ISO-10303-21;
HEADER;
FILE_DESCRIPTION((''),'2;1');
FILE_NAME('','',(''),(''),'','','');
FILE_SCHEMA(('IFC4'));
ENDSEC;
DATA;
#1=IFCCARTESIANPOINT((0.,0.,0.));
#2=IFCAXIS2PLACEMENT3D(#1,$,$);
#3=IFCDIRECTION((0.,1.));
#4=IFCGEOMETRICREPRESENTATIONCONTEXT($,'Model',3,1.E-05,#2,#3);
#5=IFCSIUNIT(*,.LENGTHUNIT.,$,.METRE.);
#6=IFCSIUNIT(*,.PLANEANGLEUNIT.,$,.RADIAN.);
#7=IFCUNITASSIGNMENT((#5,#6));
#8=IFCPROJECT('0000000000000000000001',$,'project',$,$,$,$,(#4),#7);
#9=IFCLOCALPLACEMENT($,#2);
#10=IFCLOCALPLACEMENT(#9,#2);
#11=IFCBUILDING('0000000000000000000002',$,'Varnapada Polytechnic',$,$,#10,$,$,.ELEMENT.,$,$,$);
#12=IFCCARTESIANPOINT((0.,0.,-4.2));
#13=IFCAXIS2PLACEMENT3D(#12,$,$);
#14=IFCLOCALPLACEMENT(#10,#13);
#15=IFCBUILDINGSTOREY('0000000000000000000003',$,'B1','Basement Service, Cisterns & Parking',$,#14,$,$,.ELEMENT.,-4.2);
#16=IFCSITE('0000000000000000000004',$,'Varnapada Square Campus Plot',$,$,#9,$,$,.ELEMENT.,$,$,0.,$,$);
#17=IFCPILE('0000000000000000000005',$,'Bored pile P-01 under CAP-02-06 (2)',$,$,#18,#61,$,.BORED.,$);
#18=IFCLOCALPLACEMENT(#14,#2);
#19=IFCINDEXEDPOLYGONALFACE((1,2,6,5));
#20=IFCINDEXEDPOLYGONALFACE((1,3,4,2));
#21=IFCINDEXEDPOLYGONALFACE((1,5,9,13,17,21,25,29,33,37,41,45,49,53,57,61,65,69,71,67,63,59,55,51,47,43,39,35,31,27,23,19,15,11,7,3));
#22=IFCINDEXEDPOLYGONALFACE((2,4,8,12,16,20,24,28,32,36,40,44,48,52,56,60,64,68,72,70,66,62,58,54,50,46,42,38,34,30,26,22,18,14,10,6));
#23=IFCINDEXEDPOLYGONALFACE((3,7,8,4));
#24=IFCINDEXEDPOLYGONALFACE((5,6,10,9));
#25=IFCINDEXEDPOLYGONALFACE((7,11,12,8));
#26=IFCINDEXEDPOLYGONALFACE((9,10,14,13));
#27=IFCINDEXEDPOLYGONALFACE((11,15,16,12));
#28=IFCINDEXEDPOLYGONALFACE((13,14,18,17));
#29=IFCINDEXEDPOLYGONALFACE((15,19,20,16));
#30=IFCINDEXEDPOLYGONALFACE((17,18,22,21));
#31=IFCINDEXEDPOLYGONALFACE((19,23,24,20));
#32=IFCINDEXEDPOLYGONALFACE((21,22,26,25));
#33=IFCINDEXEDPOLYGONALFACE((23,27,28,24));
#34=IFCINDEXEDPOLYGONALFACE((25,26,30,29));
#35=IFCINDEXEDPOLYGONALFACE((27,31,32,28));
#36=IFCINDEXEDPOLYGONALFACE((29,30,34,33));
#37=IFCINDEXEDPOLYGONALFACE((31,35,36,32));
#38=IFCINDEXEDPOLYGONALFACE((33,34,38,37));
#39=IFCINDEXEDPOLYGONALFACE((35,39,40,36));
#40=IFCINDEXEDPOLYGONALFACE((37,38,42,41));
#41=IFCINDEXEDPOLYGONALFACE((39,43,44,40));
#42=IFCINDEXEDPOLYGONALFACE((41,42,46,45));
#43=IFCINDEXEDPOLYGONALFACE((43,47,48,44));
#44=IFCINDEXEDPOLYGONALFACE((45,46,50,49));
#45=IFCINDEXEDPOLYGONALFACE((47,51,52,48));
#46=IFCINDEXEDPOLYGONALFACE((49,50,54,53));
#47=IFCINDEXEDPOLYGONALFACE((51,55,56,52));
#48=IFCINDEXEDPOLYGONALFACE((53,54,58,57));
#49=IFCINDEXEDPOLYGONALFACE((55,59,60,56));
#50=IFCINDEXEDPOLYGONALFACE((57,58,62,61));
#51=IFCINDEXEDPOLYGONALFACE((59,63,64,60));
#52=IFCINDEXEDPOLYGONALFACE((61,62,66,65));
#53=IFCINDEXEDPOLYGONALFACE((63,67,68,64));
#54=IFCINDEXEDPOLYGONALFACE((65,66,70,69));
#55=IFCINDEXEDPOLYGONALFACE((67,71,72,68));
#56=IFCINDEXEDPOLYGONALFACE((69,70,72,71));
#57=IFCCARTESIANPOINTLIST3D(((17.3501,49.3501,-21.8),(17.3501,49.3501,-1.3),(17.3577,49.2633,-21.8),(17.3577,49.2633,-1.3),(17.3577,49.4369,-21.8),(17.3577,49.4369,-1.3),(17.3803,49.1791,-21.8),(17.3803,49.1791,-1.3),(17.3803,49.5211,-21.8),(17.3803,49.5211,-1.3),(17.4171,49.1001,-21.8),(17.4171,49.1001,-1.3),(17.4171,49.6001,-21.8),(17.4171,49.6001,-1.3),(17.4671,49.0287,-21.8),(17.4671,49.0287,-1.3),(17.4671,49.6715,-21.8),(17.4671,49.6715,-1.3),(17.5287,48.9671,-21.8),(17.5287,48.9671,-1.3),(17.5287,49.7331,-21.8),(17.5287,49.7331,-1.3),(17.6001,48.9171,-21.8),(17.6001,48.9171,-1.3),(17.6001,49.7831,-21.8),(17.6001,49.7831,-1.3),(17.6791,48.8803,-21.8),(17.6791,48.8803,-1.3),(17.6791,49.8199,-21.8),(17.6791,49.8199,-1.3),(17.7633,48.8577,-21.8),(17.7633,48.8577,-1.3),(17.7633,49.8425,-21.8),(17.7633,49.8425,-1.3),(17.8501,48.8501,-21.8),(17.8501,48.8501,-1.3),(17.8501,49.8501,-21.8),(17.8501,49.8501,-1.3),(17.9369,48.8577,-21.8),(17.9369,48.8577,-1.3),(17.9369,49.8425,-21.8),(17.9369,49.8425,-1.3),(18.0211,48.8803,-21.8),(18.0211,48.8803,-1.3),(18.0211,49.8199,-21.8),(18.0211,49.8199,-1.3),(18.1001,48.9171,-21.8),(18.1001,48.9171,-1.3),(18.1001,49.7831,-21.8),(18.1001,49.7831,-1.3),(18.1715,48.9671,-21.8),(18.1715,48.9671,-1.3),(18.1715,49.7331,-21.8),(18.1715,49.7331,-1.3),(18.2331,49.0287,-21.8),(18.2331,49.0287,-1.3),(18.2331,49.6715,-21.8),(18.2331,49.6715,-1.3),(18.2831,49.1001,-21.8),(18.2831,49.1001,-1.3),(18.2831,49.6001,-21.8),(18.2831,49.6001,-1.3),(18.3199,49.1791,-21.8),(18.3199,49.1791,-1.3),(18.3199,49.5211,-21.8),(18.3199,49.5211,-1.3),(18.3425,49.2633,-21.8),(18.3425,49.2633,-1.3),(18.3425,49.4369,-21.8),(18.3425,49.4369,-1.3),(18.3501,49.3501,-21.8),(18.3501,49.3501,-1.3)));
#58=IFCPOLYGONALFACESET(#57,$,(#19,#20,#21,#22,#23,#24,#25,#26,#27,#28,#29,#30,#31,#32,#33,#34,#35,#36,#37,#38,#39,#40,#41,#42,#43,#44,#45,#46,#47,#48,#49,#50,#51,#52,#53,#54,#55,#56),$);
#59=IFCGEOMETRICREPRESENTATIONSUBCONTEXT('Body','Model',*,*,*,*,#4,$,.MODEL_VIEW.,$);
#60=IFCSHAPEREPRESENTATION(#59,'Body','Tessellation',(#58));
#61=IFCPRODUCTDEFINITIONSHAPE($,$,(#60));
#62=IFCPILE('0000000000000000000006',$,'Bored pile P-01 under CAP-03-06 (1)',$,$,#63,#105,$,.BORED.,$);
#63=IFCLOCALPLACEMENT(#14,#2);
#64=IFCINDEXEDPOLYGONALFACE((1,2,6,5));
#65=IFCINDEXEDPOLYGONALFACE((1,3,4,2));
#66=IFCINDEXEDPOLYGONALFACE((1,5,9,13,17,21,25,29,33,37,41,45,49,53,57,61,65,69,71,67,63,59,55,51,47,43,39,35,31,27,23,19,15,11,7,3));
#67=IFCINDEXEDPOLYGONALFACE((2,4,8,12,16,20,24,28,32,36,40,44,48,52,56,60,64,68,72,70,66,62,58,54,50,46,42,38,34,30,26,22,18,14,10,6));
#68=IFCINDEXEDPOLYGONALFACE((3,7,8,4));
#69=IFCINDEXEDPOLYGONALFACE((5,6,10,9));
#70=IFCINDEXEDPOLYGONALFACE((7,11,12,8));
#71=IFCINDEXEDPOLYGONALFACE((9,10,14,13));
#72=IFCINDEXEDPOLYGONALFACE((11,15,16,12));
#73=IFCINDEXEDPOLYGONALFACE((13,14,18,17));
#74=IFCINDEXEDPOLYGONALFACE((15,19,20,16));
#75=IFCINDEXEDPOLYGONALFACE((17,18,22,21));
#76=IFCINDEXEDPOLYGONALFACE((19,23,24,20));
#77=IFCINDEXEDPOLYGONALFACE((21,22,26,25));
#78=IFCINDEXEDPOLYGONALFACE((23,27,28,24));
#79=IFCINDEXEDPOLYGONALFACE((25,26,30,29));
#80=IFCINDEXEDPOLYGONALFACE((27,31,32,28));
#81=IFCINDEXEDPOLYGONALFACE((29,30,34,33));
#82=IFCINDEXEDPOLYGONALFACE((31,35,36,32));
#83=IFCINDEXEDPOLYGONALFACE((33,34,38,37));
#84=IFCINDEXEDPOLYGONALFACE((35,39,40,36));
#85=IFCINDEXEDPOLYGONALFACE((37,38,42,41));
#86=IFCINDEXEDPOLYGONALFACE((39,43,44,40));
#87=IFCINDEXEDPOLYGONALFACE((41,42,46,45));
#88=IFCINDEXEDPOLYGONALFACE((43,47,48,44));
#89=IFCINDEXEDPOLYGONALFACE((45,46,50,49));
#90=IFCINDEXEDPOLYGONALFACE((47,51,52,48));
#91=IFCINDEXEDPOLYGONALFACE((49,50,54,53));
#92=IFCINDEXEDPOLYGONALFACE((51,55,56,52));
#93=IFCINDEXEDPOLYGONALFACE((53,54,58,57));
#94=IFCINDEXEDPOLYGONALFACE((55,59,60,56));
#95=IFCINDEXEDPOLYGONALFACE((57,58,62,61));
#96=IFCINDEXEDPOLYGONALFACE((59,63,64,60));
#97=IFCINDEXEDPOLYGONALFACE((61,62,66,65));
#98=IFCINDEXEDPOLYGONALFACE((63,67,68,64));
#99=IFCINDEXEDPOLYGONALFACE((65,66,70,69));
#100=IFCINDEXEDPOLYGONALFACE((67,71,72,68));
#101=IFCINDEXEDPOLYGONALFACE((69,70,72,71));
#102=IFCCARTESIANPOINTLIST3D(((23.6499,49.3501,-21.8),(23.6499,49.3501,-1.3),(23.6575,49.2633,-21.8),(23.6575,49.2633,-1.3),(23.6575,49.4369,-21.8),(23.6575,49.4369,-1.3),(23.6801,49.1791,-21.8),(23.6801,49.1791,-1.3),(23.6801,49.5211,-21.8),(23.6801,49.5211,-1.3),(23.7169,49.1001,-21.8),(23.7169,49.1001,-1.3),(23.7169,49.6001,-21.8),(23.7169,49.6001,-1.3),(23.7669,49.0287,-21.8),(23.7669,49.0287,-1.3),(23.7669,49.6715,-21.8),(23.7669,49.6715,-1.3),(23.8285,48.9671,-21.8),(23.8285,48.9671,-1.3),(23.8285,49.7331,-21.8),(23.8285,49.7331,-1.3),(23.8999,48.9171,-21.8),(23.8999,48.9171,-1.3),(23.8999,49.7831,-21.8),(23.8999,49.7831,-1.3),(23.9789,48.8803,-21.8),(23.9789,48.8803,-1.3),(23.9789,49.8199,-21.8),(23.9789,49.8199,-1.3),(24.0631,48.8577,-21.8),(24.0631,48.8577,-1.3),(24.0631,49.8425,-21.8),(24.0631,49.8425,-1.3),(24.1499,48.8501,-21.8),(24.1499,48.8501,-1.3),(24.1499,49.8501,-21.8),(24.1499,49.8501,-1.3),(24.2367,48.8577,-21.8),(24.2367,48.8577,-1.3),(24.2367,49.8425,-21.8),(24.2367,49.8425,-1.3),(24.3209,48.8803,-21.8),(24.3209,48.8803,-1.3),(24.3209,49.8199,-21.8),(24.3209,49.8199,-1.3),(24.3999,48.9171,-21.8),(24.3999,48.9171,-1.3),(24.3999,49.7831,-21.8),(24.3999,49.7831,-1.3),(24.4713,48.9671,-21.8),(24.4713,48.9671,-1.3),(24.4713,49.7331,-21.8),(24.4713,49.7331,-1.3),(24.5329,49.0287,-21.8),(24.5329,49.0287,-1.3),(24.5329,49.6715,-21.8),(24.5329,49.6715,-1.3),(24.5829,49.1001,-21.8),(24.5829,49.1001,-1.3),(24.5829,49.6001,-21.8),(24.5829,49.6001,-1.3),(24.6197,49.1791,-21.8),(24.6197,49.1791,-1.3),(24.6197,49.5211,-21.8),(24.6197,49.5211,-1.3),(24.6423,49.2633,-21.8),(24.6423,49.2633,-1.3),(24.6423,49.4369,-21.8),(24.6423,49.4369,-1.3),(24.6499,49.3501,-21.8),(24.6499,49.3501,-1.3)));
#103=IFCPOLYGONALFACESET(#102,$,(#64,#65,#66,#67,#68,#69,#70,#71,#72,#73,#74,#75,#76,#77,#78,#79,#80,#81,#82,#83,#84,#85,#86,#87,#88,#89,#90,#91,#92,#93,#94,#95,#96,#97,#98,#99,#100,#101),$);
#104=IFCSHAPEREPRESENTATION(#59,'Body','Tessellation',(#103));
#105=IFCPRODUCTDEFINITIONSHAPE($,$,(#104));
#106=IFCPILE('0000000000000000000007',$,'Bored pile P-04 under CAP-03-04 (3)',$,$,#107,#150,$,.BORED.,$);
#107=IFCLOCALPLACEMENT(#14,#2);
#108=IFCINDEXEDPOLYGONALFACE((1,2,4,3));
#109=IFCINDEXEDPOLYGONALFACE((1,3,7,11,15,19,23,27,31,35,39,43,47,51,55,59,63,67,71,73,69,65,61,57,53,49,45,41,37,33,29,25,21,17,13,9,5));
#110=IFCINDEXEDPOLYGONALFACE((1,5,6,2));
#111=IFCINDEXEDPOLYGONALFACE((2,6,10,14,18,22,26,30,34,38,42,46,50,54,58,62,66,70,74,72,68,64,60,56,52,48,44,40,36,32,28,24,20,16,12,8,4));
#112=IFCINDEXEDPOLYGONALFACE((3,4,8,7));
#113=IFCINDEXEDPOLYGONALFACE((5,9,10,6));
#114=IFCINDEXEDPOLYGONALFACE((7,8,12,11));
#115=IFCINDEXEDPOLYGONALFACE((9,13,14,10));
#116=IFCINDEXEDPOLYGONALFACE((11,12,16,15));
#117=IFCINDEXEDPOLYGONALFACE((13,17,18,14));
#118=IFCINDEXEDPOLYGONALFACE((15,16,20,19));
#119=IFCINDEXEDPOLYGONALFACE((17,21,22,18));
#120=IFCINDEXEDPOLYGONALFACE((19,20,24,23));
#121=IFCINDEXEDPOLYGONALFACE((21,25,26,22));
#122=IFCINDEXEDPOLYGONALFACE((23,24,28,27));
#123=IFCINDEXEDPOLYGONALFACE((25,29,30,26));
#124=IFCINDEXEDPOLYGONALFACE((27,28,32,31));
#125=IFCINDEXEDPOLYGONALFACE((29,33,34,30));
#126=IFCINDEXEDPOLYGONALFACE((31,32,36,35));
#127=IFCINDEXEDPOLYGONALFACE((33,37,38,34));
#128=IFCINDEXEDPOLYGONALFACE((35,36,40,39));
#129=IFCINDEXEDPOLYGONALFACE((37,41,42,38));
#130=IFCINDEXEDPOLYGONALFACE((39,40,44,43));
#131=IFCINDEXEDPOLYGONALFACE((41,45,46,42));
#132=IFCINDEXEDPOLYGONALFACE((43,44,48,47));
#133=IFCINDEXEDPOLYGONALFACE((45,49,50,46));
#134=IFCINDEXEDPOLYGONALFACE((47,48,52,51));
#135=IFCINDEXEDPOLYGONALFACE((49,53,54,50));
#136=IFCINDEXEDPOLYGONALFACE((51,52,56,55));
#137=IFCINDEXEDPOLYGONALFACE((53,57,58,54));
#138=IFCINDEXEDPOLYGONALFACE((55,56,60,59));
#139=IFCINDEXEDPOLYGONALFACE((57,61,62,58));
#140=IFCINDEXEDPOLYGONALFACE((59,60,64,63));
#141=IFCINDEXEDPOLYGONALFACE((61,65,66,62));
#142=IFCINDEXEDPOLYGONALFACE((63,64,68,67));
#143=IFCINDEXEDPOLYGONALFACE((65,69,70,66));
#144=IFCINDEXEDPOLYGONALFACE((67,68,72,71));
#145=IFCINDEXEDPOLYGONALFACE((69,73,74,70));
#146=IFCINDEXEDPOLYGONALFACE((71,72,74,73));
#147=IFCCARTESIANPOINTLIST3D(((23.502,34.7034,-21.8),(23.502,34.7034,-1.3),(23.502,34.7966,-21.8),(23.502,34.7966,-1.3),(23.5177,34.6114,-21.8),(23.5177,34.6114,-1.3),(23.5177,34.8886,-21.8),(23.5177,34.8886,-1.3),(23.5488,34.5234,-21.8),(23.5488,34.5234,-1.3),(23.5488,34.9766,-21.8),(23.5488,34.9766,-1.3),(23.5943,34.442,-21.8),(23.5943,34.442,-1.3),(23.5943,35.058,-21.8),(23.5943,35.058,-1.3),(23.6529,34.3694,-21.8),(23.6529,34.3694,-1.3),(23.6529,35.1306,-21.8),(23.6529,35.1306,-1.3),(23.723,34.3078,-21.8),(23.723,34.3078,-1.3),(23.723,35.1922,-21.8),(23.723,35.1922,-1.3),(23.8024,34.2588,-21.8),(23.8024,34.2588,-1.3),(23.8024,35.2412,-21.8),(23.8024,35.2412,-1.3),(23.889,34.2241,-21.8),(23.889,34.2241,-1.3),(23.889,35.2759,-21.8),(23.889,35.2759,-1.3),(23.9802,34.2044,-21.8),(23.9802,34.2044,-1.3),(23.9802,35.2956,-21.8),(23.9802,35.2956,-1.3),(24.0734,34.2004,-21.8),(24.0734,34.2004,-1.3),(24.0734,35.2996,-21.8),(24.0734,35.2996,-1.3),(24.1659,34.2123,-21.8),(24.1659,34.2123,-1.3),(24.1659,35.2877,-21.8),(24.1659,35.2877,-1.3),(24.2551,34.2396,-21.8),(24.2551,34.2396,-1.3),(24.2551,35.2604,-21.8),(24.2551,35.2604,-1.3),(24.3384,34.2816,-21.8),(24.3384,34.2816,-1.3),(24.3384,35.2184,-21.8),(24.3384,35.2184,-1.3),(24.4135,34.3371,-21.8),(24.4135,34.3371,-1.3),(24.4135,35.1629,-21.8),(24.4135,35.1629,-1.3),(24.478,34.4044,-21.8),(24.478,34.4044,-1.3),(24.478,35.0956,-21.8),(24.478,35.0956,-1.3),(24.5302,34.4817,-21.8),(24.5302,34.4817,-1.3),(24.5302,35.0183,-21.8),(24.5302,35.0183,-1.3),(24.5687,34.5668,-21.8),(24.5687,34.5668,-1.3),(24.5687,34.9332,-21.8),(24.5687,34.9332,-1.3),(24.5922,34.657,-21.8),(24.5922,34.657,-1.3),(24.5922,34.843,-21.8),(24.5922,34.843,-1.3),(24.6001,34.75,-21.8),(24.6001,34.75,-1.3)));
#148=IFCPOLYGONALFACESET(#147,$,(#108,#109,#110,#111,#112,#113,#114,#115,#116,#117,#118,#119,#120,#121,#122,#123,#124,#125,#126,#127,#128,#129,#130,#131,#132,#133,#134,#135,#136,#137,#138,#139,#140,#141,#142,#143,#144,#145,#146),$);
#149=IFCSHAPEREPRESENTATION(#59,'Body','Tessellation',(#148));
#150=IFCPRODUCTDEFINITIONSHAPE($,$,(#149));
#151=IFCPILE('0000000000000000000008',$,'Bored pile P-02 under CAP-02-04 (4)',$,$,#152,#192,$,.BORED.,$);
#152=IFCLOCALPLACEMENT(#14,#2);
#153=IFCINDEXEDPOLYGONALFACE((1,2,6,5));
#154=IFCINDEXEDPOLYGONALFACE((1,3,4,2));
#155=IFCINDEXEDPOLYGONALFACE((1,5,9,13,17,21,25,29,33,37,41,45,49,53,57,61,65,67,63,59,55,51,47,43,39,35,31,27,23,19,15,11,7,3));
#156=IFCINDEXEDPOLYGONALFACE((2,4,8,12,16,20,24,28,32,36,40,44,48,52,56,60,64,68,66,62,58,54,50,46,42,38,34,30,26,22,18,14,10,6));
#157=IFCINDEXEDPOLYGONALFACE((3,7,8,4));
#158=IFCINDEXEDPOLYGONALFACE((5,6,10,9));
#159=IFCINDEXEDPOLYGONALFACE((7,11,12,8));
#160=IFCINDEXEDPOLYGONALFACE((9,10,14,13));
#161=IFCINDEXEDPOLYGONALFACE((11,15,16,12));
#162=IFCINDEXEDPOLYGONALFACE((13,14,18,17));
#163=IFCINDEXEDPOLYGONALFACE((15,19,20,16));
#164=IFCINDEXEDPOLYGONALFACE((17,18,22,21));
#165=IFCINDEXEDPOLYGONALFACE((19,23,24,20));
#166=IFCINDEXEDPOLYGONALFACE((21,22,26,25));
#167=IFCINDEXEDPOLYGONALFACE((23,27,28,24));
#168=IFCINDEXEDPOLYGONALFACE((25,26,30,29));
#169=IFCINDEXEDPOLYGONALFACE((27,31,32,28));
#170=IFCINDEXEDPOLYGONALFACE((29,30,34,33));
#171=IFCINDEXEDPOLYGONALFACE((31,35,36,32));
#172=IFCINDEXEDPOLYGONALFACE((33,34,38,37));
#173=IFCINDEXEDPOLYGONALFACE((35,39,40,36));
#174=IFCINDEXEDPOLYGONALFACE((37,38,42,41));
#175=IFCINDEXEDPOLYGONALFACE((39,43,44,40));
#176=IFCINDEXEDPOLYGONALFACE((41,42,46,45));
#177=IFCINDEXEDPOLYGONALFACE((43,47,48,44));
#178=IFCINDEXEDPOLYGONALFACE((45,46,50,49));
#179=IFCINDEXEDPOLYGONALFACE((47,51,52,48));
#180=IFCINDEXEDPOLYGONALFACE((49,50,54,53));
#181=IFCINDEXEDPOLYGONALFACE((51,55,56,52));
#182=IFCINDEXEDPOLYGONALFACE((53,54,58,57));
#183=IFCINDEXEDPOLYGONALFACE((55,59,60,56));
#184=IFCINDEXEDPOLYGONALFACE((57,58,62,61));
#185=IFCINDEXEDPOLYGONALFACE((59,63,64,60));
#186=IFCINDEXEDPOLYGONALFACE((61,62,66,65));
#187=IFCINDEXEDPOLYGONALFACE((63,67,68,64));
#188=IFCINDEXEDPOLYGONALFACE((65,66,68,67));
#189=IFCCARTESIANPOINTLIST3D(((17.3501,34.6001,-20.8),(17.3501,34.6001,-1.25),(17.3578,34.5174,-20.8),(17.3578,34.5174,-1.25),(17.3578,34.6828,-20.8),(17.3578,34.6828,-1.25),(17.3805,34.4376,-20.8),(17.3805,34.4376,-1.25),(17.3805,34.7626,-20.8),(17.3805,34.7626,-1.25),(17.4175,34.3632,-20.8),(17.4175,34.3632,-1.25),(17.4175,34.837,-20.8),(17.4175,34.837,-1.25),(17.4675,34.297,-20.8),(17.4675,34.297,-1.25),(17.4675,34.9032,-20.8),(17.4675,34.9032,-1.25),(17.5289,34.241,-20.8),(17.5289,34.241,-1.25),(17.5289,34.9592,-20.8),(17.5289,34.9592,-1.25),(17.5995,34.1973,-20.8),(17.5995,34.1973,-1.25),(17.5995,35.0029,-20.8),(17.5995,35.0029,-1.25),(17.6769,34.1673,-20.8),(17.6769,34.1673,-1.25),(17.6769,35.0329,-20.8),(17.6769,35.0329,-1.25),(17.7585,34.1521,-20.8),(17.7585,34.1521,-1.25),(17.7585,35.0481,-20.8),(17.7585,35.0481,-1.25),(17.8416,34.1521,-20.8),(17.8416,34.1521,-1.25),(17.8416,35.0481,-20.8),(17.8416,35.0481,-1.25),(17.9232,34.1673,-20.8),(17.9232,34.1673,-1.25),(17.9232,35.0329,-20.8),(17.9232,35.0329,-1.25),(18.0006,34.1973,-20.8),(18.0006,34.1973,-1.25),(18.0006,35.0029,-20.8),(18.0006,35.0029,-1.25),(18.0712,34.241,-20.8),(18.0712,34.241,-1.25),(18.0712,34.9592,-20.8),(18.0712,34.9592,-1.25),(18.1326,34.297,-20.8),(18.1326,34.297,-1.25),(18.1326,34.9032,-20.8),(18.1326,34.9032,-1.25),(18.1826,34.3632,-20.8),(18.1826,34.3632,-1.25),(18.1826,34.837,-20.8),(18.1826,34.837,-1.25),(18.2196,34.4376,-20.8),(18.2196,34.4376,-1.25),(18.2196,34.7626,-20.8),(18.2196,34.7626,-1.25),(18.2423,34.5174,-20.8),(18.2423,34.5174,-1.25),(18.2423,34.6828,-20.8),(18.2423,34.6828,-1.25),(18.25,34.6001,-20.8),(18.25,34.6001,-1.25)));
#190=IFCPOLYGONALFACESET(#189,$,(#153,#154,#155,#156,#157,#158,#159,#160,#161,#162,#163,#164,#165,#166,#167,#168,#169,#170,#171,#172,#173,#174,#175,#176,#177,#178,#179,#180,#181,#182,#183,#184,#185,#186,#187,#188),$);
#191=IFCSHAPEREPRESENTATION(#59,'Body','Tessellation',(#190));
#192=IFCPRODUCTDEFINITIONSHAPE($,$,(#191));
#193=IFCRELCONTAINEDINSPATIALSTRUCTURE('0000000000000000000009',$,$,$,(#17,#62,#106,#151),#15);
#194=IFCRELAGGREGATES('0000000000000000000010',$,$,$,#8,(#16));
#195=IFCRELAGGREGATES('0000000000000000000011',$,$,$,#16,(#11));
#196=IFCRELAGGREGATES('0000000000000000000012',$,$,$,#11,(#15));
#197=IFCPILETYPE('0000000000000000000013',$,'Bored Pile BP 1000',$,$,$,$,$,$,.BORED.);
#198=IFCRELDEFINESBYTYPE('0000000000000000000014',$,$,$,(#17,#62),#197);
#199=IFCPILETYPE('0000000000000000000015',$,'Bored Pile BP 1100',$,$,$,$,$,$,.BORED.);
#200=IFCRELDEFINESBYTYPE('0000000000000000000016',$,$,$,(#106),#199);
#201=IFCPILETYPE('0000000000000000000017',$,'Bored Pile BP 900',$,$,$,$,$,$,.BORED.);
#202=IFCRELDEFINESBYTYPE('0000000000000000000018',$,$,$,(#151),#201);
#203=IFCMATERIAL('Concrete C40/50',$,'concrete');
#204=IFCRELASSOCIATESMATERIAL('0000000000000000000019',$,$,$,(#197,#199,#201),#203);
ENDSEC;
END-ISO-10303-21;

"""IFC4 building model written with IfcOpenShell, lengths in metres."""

from ifc_helpers import new_model, si_unit, direction, frame, origin, origin_2d, place, context, subcontext, project, spatial, circle, extrude, material, material_profile, profile_set, type_object, element, save


model = new_model("IFC4")

# Units and contexts
model_context = context("Model", 3, precision=1e-05, world=origin(), true_north=direction((0.0, 1.0)))
body_context = subcontext(model_context, "Body", "Model", "MODEL_VIEW")
ifc_project = project(units=[si_unit("LENGTHUNIT", "METRE"), si_unit("PLANEANGLEUNIT", "RADIAN")], contexts=[model_context])

# Site, building, storey
site_placement = place(None, origin())
site = spatial("IfcSite", under=ifc_project, at=site_placement, Name="Varnapada Square Campus Plot", CompositionType="ELEMENT", RefElevation=0.0)
building_placement = place(site_placement, origin())
building = spatial("IfcBuilding", under=site, at=building_placement, Name="Varnapada Polytechnic", CompositionType="ELEMENT")
storey_placement = place(building_placement, frame((0.0, 0.0, -4.2)))
storey = spatial("IfcBuildingStorey", under=building, at=storey_placement, Name="B1", Description="Basement Service, Cisterns & Parking", CompositionType="ELEMENT", Elevation=-4.2)

# Piles
ifc_material_1 = material(Name="Concrete C40/50", Category="concrete")
ifc_material_profile_1 = material_profile(ifc_material_1, circle(Radius=0.5, at=origin_2d()), Name="BP 1000")
ifc_profile_set_1 = profile_set([ifc_material_profile_1], Name="Concrete C40/50")
pile_type_1 = type_object("IfcPileType", Name="Bored Pile BP 1000", PredefinedType="BORED", material=ifc_profile_set_1)
for number, where, z_axis, x_axis, name in (
    (1, (17.8501, 49.3501, -1.3), (0.0, 0.0, -1.0), (1.0, 0.0, 0.0), "Bored pile P-01 under CAP-02-06 (2)"),
    (2, (24.1499, 49.3501, -1.3), (0.0, 0.0, -1.0), (1.0, 0.0, 0.0), "Bored pile P-01 under CAP-03-06 (1)"),
):
    element("IfcPile", number, at=place(storey_placement, frame(where, z_axis=z_axis, x_axis=x_axis)), inside=storey, type_object=pile_type_1, Name=name, PredefinedType="BORED", context=body_context, shape_type="SweptSolid", body=[
        extrude(circle(Radius=0.5, at=origin_2d()), origin(), (0.0, 0.0, 1.0), 20.5),
    ])
ifc_material_profile_2 = material_profile(ifc_material_1, circle(Radius=0.55, at=origin_2d()), Name="BP 1100")
ifc_profile_set_2 = profile_set([ifc_material_profile_2], Name="Concrete C40/50")
pile_type_2 = type_object("IfcPileType", Name="Bored Pile BP 1100", PredefinedType="BORED", material=ifc_profile_set_2)
pile_1_placement = place(storey_placement, frame((24.05, 34.75, -1.3), z_axis=(0.0, 0.0, -1.0), x_axis=(1.0, 0.0, 0.0)))
element("IfcPile", 3, at=pile_1_placement, inside=storey, type_object=pile_type_2, Name="Bored pile P-04 under CAP-03-04 (3)", PredefinedType="BORED", context=body_context, shape_type="SweptSolid", body=[
    extrude(circle(Radius=0.55, at=origin_2d()), origin(), (0.0, 0.0, 1.0), 20.5),
])
ifc_material_profile_3 = material_profile(ifc_material_1, circle(Radius=0.45, at=origin_2d()), Name="BP 900")
ifc_profile_set_3 = profile_set([ifc_material_profile_3], Name="Concrete C40/50")
pile_type_3 = type_object("IfcPileType", Name="Bored Pile BP 900", PredefinedType="BORED", material=ifc_profile_set_3)
pile_2_placement = place(storey_placement, frame((17.8, 34.6001, -1.25), z_axis=(0.0, 0.0, -1.0), x_axis=(1.0, 0.0, 0.0)))
element("IfcPile", 4, at=pile_2_placement, inside=storey, type_object=pile_type_3, Name="Bored pile P-02 under CAP-02-04 (4)", PredefinedType="BORED", context=body_context, shape_type="SweptSolid", body=[
    extrude(circle(Radius=0.45, at=origin_2d()), origin(), (0.0, 0.0, 1.0), 19.55),
])

save(model, "model.ifc")
